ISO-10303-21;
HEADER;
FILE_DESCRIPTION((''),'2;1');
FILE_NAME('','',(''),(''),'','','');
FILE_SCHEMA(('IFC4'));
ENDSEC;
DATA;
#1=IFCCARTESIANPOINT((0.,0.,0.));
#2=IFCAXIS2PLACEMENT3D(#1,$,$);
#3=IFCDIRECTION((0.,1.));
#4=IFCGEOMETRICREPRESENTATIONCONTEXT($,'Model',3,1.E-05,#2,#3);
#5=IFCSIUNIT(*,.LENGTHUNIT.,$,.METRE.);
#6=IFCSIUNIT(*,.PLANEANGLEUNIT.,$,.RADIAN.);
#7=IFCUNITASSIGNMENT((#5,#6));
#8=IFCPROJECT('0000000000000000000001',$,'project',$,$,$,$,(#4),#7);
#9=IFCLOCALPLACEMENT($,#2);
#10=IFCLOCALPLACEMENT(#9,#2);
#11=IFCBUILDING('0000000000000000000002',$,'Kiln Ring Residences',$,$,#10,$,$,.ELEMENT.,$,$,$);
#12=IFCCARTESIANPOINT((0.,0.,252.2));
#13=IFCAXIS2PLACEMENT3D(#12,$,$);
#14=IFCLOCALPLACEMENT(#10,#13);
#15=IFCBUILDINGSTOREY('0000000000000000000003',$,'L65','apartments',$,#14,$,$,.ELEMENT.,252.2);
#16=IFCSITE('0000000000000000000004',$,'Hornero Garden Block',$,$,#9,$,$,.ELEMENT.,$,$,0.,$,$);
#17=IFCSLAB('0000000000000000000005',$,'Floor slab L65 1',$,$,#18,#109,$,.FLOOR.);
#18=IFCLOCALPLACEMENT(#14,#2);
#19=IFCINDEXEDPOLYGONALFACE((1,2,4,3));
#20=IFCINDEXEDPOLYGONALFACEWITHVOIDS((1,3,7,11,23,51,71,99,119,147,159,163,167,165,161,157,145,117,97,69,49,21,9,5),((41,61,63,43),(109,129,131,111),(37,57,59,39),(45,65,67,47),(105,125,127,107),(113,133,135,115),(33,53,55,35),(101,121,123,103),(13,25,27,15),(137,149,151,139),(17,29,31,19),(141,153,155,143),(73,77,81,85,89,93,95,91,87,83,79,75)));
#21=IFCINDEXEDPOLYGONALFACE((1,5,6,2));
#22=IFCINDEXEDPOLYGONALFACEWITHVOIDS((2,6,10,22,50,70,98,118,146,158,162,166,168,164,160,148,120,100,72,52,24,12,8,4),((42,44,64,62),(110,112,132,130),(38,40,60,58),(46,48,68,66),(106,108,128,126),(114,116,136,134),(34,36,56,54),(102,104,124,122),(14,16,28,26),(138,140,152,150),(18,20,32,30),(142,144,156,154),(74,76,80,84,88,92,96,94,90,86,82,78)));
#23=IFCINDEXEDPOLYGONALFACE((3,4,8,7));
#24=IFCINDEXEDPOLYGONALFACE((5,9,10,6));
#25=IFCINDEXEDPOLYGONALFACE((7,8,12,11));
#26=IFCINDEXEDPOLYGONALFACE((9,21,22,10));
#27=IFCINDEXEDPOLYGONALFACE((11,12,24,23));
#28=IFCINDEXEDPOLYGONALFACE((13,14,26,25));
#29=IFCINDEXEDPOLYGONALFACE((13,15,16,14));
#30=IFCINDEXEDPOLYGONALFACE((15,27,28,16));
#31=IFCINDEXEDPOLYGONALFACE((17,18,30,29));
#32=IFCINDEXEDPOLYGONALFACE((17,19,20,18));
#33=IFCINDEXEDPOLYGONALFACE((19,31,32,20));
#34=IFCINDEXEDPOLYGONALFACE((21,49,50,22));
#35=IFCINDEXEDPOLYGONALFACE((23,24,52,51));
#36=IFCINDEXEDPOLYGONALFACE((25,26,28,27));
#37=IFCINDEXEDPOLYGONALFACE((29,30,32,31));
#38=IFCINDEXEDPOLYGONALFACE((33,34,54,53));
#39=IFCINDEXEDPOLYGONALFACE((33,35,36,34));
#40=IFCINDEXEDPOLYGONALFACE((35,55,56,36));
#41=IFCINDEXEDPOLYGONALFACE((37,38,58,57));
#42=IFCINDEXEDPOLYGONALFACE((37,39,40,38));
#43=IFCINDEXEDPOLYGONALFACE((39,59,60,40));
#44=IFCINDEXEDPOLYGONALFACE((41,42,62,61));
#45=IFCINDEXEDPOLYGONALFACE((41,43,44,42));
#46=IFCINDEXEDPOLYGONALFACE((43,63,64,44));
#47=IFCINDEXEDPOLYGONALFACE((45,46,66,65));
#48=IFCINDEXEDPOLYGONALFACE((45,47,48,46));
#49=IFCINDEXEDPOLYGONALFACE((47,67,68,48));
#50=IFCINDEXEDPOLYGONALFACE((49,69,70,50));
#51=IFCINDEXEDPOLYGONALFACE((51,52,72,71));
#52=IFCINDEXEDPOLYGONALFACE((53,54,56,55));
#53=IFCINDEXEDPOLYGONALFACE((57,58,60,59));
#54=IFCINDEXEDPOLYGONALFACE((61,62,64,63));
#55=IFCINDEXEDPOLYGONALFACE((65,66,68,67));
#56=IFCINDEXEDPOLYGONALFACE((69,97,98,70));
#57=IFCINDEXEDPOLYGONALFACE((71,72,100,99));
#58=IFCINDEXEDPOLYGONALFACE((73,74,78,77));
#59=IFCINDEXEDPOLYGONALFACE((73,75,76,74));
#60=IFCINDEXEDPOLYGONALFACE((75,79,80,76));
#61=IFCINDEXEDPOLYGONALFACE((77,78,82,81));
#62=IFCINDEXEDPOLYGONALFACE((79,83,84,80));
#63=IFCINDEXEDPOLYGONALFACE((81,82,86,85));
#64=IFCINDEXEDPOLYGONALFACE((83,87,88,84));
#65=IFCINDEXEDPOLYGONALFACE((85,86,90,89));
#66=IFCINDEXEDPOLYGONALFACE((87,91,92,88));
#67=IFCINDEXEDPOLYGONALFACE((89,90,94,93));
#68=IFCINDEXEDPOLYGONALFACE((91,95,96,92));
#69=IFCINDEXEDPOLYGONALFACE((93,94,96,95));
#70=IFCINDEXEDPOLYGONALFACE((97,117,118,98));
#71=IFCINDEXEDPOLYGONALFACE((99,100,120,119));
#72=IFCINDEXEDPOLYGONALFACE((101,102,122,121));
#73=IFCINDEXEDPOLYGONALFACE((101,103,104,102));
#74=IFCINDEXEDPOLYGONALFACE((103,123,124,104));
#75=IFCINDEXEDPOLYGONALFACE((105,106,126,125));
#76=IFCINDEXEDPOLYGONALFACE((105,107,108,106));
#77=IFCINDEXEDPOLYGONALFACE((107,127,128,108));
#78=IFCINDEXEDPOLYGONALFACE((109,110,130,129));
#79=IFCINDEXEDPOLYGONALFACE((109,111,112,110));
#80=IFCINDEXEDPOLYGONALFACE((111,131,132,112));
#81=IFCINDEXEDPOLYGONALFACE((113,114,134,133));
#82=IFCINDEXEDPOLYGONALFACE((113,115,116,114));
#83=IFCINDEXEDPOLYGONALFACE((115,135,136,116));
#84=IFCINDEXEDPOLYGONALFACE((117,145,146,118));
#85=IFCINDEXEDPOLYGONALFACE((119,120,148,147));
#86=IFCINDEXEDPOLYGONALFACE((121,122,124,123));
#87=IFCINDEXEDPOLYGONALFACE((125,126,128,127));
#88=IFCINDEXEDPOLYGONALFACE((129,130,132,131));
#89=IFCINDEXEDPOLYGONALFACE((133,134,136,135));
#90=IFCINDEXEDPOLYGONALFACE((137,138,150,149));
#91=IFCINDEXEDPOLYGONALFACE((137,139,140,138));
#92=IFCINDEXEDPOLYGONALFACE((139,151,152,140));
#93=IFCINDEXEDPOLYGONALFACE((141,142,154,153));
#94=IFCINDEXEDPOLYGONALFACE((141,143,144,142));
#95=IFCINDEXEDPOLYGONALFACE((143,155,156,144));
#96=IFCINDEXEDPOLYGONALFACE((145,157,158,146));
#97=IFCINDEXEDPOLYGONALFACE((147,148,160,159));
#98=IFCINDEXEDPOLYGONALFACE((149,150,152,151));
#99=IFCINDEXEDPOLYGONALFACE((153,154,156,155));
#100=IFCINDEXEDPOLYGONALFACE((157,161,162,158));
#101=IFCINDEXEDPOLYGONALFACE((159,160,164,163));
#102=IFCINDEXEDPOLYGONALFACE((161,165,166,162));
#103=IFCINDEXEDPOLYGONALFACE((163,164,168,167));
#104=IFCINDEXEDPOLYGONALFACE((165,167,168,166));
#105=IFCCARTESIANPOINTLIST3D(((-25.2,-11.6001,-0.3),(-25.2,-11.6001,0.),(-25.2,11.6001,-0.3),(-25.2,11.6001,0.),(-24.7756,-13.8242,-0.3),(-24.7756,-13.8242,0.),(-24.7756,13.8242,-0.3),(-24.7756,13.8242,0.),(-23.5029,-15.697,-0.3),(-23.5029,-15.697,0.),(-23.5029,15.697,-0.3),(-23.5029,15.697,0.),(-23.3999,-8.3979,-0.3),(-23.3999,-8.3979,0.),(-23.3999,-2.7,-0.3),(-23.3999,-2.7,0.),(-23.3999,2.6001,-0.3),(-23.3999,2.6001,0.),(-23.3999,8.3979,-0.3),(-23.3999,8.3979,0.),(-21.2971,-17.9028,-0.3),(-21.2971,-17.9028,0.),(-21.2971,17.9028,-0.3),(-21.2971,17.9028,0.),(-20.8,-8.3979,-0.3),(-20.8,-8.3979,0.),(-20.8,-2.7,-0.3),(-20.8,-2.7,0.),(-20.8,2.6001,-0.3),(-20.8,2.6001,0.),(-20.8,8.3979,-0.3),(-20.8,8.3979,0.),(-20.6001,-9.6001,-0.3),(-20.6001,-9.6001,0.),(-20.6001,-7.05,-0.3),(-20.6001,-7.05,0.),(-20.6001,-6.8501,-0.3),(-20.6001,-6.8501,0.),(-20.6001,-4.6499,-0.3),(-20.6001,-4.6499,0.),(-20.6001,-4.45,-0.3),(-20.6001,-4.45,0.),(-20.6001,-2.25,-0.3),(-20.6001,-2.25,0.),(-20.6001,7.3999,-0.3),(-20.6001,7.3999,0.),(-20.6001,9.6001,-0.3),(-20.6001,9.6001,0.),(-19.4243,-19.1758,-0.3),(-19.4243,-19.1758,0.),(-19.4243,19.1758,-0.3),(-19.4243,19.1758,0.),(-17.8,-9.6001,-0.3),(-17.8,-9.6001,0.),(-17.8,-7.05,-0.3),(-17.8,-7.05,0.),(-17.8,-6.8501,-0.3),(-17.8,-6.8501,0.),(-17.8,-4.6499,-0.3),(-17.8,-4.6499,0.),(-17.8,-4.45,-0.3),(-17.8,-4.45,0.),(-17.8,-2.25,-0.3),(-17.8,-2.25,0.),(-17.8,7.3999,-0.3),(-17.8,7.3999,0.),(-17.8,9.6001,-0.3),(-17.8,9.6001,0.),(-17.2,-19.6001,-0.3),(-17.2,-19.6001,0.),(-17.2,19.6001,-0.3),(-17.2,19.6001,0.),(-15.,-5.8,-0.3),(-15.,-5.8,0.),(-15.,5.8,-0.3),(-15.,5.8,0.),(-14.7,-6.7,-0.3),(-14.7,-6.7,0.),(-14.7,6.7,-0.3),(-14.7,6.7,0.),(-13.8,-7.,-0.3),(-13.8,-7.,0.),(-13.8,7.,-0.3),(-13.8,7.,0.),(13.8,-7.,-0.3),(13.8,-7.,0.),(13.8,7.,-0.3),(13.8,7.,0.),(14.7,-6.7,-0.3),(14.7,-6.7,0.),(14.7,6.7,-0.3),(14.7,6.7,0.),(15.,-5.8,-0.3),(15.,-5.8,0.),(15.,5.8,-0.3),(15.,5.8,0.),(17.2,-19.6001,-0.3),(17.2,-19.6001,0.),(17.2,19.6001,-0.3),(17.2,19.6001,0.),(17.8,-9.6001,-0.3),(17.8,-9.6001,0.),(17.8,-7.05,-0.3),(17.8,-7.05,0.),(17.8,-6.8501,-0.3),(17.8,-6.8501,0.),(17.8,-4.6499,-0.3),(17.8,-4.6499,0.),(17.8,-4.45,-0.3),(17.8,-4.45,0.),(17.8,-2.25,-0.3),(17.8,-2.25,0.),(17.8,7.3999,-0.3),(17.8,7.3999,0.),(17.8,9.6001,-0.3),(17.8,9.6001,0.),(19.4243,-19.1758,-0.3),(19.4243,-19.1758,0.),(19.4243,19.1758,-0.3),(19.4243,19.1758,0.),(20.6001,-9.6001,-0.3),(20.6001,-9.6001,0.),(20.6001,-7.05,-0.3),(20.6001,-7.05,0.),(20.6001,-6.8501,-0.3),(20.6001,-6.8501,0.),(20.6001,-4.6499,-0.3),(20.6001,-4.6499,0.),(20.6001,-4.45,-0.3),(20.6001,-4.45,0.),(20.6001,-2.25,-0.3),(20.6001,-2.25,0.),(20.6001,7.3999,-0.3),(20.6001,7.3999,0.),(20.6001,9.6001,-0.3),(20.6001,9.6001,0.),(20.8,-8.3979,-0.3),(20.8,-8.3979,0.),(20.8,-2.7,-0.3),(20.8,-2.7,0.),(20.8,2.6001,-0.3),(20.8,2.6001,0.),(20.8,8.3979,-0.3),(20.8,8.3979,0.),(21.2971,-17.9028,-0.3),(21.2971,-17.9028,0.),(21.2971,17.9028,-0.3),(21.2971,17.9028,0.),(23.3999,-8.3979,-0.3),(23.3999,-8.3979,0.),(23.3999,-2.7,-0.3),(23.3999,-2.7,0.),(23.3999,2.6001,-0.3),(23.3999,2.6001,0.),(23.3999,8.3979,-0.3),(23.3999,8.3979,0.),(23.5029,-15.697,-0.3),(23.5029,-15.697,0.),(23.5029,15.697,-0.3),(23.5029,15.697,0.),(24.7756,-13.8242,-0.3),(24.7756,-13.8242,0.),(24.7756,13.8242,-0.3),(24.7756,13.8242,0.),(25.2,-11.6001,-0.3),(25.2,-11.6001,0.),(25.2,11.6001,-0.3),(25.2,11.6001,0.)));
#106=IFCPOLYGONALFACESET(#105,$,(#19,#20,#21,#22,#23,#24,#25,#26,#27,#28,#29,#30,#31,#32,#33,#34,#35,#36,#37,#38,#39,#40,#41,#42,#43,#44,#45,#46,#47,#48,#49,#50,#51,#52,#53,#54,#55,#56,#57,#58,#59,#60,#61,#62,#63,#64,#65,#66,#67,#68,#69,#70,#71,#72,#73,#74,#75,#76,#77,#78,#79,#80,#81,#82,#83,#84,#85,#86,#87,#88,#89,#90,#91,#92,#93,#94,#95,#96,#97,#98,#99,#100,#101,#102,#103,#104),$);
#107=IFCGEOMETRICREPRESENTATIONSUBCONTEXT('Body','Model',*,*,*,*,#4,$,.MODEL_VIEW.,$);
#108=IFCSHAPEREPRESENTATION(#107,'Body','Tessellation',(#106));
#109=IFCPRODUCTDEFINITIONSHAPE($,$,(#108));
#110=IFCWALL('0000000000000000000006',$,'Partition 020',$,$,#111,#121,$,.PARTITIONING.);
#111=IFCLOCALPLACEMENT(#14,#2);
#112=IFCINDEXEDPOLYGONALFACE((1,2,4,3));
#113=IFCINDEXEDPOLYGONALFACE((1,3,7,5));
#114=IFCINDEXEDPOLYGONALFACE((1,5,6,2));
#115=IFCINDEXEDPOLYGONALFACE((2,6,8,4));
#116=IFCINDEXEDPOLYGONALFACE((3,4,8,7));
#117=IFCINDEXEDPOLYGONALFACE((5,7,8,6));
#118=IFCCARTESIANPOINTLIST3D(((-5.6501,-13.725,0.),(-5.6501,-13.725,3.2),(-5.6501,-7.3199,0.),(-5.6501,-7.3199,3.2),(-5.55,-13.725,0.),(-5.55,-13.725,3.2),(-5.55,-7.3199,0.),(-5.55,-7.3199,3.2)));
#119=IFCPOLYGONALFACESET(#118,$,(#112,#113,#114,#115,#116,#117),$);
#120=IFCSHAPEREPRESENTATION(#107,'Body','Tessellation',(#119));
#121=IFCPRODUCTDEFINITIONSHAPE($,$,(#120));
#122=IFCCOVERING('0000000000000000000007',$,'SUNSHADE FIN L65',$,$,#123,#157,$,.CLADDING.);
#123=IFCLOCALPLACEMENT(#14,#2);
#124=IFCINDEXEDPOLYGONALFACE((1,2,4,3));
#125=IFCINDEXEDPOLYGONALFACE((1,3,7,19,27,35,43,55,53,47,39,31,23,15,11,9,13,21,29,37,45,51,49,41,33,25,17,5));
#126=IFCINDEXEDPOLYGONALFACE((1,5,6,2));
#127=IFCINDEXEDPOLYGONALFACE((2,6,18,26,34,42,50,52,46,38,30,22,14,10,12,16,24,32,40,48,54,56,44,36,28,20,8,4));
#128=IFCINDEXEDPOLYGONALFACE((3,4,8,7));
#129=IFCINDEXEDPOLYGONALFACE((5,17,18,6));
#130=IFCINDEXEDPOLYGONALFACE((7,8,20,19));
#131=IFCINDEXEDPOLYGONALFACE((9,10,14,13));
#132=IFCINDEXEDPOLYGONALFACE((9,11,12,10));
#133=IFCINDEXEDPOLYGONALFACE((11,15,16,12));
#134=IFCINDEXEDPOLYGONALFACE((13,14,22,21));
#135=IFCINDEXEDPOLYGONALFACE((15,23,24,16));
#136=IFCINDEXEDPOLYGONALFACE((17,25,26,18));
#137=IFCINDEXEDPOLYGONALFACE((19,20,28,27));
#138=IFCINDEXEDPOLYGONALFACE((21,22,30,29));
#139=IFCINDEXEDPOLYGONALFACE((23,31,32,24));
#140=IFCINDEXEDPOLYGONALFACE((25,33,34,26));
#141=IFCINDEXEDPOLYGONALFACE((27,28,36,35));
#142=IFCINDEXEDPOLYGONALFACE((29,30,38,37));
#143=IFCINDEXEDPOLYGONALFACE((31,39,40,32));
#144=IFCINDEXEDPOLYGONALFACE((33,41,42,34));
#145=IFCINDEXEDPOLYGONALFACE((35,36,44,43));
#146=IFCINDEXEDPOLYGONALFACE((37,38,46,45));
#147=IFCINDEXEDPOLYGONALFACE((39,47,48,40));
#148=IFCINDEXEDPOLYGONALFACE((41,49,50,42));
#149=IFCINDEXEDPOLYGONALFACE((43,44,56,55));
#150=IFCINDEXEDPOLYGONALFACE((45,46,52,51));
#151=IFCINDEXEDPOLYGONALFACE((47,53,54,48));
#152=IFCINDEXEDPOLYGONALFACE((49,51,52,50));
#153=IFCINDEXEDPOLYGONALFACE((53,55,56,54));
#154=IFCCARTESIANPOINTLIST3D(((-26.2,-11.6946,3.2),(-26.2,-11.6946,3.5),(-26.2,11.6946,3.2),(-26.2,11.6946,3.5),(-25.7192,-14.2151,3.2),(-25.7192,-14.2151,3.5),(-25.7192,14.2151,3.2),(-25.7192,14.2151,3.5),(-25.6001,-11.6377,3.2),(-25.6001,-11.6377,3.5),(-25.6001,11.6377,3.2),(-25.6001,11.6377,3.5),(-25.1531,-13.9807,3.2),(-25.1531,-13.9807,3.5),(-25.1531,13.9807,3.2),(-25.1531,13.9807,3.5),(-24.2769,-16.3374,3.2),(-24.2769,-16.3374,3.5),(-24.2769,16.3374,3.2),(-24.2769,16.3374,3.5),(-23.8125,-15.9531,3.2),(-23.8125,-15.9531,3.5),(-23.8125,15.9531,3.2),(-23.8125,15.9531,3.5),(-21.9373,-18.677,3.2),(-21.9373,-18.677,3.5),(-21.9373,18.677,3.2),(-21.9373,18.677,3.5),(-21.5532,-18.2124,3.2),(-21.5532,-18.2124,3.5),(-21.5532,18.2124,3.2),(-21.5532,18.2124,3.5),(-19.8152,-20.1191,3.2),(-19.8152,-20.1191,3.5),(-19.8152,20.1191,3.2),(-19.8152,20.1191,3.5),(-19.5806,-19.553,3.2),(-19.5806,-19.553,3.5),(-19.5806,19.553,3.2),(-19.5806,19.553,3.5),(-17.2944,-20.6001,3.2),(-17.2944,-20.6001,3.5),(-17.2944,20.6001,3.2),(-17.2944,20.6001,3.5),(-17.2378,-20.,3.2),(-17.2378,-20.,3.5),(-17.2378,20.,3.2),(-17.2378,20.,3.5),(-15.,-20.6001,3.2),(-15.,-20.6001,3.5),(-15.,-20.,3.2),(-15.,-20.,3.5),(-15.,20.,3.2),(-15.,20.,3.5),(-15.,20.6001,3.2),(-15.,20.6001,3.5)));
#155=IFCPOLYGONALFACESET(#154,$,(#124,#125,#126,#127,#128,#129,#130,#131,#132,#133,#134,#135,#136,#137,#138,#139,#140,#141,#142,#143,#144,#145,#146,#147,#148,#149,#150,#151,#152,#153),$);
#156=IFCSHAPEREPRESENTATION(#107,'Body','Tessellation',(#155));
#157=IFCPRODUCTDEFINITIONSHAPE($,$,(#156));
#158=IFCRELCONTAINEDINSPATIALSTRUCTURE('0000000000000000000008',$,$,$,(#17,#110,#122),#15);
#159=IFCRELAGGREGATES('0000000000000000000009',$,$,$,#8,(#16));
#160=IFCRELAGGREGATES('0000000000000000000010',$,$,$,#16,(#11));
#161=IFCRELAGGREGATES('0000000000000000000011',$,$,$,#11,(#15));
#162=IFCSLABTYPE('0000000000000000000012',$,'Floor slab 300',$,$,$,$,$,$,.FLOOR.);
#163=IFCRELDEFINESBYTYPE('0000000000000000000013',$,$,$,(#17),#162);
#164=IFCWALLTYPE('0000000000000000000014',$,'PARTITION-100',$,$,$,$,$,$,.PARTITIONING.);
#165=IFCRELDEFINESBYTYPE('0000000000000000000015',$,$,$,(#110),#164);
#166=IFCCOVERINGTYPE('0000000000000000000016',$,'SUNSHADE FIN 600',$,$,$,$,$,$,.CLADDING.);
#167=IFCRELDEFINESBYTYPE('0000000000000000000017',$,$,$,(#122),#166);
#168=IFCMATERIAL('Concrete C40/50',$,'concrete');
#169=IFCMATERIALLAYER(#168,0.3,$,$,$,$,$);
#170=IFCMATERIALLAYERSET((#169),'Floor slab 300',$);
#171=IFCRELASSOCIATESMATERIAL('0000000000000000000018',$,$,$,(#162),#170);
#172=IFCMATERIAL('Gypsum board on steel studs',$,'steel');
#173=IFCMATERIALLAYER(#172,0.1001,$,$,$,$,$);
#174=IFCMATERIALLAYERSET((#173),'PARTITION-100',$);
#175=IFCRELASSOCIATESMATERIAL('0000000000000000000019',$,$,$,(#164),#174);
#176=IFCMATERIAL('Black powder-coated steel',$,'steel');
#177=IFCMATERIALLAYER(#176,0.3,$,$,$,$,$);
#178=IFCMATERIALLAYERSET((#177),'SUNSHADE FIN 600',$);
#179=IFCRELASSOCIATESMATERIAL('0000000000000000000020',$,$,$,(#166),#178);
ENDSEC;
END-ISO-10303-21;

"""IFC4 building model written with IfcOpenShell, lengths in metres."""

from ifc_helpers import new_model, si_unit, direction, frame, frame_2d, origin, place, context, subcontext, project, spatial, polyline, rectangle, outline, extrude, material, layer, layer_set, type_object, element, save


model = new_model("IFC4")

# Units and contexts
model_context = context("Model", 3, precision=1e-05, world=origin(), true_north=direction((0.0, 1.0)))
body_context = subcontext(model_context, "Body", "Model", "MODEL_VIEW")
ifc_project = project(units=[si_unit("LENGTHUNIT", "METRE"), si_unit("PLANEANGLEUNIT", "RADIAN")], contexts=[model_context])

# Site, building, storey
site_placement = place(None, origin())
site = spatial("IfcSite", under=ifc_project, at=site_placement, Name="Hornero Garden Block", CompositionType="ELEMENT", RefElevation=0.0)
building_placement = place(site_placement, origin())
building = spatial("IfcBuilding", under=site, at=building_placement, Name="Kiln Ring Residences", CompositionType="ELEMENT")
storey_placement = place(building_placement, frame((0.0, 0.0, 252.2)))
storey = spatial("IfcBuildingStorey", under=building, at=storey_placement, Name="L65", Description="apartments", CompositionType="ELEMENT", Elevation=252.2)

# Slab
ifc_material_1 = material(Name="Concrete C40/50", Category="concrete")
ifc_layer_1 = layer(ifc_material_1, 0.3)
ifc_layer_set_1 = layer_set([ifc_layer_1], Name="Floor slab 300")
slab_type = type_object("IfcSlabType", Name="Floor slab 300", PredefinedType="FLOOR", material=ifc_layer_set_1)
slab_placement = place(storey_placement, frame((0.0, 0.0, -0.3)))
element("IfcSlab", 1, at=slab_placement, inside=storey, type_object=slab_type, Name="Floor slab L65 1", PredefinedType="FLOOR", context=body_context, shape_type="SweptSolid", body=[
    extrude(outline(polyline([(-23.5029, -15.697), (-21.2971, -17.9028), (-19.4243, -19.1758), (-17.2, -19.6001), (17.2, -19.6001), (19.4243, -19.1758), (21.2971, -17.9028), (23.5029, -15.697), (24.7756, -13.8242), (25.2, -11.6001), (25.2, 11.6001), (24.7756, 13.8242), (23.5029, 15.697), (21.2971, 17.9028), (19.4243, 19.1758), (17.2, 19.6001), (-17.2, 19.6001), (-19.4243, 19.1758), (-21.2971, 17.9028), (-23.5029, 15.697), (-24.7756, 13.8242), (-25.2, 11.6001), (-25.2, -11.6001), (-24.7756, -13.8242), (-23.5029, -15.697)]), holes=[polyline([(-14.7, -6.7), (-15.0, -5.8), (-15.0, 5.8), (-14.7, 6.7), (-13.8, 7.0), (13.8, 7.0), (14.7, 6.7), (15.0, 5.8), (15.0, -5.8), (14.7, -6.7), (13.8, -7.0), (-13.8, -7.0), (-14.7, -6.7)]), polyline([(20.8, -8.3979), (20.8, -2.7), (23.3999, -2.7), (23.3999, -8.3979), (20.8, -8.3979)]), polyline([(20.8, 2.6001), (20.8, 8.3979), (23.3999, 8.3979), (23.3999, 2.6001), (20.8, 2.6001)]), polyline([(17.8, -6.8501), (17.8, -4.6499), (20.6001, -4.6499), (20.6001, -6.8501), (17.8, -6.8501)]), polyline([(17.8, 7.3999), (17.8, 9.6001), (20.6001, 9.6001), (20.6001, 7.3999), (17.8, 7.3999)]), polyline([(20.6001, -9.6001), (17.8, -9.6001), (17.8, -7.05), (20.6001, -7.05), (20.6001, -9.6001)]), polyline([(20.6001, -4.45), (17.8, -4.45), (17.8, -2.25), (20.6001, -2.25), (20.6001, -4.45)]), polyline([(-17.8, -7.05), (-17.8, -9.6001), (-20.6001, -9.6001), (-20.6001, -7.05), (-17.8, -7.05)]), polyline([(-17.8, -6.8501), (-20.6001, -6.8501), (-20.6001, -4.6499), (-17.8, -4.6499), (-17.8, -6.8501)]), polyline([(-17.8, -2.25), (-17.8, -4.45), (-20.6001, -4.45), (-20.6001, -2.25), (-17.8, -2.25)]), polyline([(-17.8, 7.3999), (-20.6001, 7.3999), (-20.6001, 9.6001), (-17.8, 9.6001), (-17.8, 7.3999)]), polyline([(-20.8, -8.3979), (-23.3999, -8.3979), (-23.3999, -2.7), (-20.8, -2.7), (-20.8, -8.3979)]), polyline([(-20.8, 2.6001), (-23.3999, 2.6001), (-23.3999, 8.3979), (-20.8, 8.3979), (-20.8, 2.6001)])]), origin(), (0.0, 0.0, 1.0), 0.3),
])

# Wall
ifc_material_2 = material(Name="Gypsum board on steel studs", Category="steel")
ifc_layer_2 = layer(ifc_material_2, 0.1001)
ifc_layer_set_2 = layer_set([ifc_layer_2], Name="PARTITION-100")
wall_type = type_object("IfcWallType", Name="PARTITION-100", PredefinedType="PARTITIONING", material=ifc_layer_set_2)
wall_placement = place(storey_placement, frame((-5.6001, -13.7251, 0.0), z_axis=(0.0, 0.0, 1.0), x_axis=(0.0, 1.0, 0.0)))
element("IfcWall", 2, at=wall_placement, inside=storey, type_object=wall_type, Name="Partition 020", PredefinedType="PARTITIONING", context=body_context, shape_type="SweptSolid", body=[
    extrude(rectangle(XDim=6.405, YDim=0.1001, at=frame_2d((3.2026, 0.0))), origin(), (0.0, 0.0, 1.0), 3.2),
])

# Covering
ifc_material_3 = material(Name="Black powder-coated steel", Category="steel")
ifc_layer_3 = layer(ifc_material_3, 0.3)
ifc_layer_set_3 = layer_set([ifc_layer_3], Name="SUNSHADE FIN 600")
covering_type = type_object("IfcCoveringType", Name="SUNSHADE FIN 600", PredefinedType="CLADDING", material=ifc_layer_set_3)
covering_placement = place(storey_placement, frame((0.0, 0.0, 3.2)))
element("IfcCovering", 3, at=covering_placement, inside=storey, type_object=covering_type, Name="SUNSHADE FIN L65", PredefinedType="CLADDING", context=body_context, shape_type="SweptSolid", body=[
    extrude(outline(polyline([(-26.2, -11.6946), (-25.7192, -14.2151), (-24.2769, -16.3374), (-21.9373, -18.677), (-19.8152, -20.1191), (-17.2944, -20.6001), (-15.0, -20.6001), (-15.0, -20.0), (-17.2378, -20.0), (-19.5806, -19.553), (-21.5532, -18.2124), (-23.8125, -15.9531), (-25.1531, -13.9807), (-25.6001, -11.6377), (-25.6001, 11.6377), (-25.1531, 13.9807), (-23.8125, 15.9531), (-21.5532, 18.2124), (-19.5806, 19.553), (-17.2378, 20.0), (-15.0, 20.0), (-15.0, 20.6001), (-17.2944, 20.6001), (-19.8152, 20.1191), (-21.9373, 18.677), (-24.2769, 16.3374), (-25.7192, 14.2151), (-26.2, 11.6946), (-26.2, -11.6946)])), origin(), (0.0, 0.0, 1.0), 0.3),
])

save(model, "model.ifc")
